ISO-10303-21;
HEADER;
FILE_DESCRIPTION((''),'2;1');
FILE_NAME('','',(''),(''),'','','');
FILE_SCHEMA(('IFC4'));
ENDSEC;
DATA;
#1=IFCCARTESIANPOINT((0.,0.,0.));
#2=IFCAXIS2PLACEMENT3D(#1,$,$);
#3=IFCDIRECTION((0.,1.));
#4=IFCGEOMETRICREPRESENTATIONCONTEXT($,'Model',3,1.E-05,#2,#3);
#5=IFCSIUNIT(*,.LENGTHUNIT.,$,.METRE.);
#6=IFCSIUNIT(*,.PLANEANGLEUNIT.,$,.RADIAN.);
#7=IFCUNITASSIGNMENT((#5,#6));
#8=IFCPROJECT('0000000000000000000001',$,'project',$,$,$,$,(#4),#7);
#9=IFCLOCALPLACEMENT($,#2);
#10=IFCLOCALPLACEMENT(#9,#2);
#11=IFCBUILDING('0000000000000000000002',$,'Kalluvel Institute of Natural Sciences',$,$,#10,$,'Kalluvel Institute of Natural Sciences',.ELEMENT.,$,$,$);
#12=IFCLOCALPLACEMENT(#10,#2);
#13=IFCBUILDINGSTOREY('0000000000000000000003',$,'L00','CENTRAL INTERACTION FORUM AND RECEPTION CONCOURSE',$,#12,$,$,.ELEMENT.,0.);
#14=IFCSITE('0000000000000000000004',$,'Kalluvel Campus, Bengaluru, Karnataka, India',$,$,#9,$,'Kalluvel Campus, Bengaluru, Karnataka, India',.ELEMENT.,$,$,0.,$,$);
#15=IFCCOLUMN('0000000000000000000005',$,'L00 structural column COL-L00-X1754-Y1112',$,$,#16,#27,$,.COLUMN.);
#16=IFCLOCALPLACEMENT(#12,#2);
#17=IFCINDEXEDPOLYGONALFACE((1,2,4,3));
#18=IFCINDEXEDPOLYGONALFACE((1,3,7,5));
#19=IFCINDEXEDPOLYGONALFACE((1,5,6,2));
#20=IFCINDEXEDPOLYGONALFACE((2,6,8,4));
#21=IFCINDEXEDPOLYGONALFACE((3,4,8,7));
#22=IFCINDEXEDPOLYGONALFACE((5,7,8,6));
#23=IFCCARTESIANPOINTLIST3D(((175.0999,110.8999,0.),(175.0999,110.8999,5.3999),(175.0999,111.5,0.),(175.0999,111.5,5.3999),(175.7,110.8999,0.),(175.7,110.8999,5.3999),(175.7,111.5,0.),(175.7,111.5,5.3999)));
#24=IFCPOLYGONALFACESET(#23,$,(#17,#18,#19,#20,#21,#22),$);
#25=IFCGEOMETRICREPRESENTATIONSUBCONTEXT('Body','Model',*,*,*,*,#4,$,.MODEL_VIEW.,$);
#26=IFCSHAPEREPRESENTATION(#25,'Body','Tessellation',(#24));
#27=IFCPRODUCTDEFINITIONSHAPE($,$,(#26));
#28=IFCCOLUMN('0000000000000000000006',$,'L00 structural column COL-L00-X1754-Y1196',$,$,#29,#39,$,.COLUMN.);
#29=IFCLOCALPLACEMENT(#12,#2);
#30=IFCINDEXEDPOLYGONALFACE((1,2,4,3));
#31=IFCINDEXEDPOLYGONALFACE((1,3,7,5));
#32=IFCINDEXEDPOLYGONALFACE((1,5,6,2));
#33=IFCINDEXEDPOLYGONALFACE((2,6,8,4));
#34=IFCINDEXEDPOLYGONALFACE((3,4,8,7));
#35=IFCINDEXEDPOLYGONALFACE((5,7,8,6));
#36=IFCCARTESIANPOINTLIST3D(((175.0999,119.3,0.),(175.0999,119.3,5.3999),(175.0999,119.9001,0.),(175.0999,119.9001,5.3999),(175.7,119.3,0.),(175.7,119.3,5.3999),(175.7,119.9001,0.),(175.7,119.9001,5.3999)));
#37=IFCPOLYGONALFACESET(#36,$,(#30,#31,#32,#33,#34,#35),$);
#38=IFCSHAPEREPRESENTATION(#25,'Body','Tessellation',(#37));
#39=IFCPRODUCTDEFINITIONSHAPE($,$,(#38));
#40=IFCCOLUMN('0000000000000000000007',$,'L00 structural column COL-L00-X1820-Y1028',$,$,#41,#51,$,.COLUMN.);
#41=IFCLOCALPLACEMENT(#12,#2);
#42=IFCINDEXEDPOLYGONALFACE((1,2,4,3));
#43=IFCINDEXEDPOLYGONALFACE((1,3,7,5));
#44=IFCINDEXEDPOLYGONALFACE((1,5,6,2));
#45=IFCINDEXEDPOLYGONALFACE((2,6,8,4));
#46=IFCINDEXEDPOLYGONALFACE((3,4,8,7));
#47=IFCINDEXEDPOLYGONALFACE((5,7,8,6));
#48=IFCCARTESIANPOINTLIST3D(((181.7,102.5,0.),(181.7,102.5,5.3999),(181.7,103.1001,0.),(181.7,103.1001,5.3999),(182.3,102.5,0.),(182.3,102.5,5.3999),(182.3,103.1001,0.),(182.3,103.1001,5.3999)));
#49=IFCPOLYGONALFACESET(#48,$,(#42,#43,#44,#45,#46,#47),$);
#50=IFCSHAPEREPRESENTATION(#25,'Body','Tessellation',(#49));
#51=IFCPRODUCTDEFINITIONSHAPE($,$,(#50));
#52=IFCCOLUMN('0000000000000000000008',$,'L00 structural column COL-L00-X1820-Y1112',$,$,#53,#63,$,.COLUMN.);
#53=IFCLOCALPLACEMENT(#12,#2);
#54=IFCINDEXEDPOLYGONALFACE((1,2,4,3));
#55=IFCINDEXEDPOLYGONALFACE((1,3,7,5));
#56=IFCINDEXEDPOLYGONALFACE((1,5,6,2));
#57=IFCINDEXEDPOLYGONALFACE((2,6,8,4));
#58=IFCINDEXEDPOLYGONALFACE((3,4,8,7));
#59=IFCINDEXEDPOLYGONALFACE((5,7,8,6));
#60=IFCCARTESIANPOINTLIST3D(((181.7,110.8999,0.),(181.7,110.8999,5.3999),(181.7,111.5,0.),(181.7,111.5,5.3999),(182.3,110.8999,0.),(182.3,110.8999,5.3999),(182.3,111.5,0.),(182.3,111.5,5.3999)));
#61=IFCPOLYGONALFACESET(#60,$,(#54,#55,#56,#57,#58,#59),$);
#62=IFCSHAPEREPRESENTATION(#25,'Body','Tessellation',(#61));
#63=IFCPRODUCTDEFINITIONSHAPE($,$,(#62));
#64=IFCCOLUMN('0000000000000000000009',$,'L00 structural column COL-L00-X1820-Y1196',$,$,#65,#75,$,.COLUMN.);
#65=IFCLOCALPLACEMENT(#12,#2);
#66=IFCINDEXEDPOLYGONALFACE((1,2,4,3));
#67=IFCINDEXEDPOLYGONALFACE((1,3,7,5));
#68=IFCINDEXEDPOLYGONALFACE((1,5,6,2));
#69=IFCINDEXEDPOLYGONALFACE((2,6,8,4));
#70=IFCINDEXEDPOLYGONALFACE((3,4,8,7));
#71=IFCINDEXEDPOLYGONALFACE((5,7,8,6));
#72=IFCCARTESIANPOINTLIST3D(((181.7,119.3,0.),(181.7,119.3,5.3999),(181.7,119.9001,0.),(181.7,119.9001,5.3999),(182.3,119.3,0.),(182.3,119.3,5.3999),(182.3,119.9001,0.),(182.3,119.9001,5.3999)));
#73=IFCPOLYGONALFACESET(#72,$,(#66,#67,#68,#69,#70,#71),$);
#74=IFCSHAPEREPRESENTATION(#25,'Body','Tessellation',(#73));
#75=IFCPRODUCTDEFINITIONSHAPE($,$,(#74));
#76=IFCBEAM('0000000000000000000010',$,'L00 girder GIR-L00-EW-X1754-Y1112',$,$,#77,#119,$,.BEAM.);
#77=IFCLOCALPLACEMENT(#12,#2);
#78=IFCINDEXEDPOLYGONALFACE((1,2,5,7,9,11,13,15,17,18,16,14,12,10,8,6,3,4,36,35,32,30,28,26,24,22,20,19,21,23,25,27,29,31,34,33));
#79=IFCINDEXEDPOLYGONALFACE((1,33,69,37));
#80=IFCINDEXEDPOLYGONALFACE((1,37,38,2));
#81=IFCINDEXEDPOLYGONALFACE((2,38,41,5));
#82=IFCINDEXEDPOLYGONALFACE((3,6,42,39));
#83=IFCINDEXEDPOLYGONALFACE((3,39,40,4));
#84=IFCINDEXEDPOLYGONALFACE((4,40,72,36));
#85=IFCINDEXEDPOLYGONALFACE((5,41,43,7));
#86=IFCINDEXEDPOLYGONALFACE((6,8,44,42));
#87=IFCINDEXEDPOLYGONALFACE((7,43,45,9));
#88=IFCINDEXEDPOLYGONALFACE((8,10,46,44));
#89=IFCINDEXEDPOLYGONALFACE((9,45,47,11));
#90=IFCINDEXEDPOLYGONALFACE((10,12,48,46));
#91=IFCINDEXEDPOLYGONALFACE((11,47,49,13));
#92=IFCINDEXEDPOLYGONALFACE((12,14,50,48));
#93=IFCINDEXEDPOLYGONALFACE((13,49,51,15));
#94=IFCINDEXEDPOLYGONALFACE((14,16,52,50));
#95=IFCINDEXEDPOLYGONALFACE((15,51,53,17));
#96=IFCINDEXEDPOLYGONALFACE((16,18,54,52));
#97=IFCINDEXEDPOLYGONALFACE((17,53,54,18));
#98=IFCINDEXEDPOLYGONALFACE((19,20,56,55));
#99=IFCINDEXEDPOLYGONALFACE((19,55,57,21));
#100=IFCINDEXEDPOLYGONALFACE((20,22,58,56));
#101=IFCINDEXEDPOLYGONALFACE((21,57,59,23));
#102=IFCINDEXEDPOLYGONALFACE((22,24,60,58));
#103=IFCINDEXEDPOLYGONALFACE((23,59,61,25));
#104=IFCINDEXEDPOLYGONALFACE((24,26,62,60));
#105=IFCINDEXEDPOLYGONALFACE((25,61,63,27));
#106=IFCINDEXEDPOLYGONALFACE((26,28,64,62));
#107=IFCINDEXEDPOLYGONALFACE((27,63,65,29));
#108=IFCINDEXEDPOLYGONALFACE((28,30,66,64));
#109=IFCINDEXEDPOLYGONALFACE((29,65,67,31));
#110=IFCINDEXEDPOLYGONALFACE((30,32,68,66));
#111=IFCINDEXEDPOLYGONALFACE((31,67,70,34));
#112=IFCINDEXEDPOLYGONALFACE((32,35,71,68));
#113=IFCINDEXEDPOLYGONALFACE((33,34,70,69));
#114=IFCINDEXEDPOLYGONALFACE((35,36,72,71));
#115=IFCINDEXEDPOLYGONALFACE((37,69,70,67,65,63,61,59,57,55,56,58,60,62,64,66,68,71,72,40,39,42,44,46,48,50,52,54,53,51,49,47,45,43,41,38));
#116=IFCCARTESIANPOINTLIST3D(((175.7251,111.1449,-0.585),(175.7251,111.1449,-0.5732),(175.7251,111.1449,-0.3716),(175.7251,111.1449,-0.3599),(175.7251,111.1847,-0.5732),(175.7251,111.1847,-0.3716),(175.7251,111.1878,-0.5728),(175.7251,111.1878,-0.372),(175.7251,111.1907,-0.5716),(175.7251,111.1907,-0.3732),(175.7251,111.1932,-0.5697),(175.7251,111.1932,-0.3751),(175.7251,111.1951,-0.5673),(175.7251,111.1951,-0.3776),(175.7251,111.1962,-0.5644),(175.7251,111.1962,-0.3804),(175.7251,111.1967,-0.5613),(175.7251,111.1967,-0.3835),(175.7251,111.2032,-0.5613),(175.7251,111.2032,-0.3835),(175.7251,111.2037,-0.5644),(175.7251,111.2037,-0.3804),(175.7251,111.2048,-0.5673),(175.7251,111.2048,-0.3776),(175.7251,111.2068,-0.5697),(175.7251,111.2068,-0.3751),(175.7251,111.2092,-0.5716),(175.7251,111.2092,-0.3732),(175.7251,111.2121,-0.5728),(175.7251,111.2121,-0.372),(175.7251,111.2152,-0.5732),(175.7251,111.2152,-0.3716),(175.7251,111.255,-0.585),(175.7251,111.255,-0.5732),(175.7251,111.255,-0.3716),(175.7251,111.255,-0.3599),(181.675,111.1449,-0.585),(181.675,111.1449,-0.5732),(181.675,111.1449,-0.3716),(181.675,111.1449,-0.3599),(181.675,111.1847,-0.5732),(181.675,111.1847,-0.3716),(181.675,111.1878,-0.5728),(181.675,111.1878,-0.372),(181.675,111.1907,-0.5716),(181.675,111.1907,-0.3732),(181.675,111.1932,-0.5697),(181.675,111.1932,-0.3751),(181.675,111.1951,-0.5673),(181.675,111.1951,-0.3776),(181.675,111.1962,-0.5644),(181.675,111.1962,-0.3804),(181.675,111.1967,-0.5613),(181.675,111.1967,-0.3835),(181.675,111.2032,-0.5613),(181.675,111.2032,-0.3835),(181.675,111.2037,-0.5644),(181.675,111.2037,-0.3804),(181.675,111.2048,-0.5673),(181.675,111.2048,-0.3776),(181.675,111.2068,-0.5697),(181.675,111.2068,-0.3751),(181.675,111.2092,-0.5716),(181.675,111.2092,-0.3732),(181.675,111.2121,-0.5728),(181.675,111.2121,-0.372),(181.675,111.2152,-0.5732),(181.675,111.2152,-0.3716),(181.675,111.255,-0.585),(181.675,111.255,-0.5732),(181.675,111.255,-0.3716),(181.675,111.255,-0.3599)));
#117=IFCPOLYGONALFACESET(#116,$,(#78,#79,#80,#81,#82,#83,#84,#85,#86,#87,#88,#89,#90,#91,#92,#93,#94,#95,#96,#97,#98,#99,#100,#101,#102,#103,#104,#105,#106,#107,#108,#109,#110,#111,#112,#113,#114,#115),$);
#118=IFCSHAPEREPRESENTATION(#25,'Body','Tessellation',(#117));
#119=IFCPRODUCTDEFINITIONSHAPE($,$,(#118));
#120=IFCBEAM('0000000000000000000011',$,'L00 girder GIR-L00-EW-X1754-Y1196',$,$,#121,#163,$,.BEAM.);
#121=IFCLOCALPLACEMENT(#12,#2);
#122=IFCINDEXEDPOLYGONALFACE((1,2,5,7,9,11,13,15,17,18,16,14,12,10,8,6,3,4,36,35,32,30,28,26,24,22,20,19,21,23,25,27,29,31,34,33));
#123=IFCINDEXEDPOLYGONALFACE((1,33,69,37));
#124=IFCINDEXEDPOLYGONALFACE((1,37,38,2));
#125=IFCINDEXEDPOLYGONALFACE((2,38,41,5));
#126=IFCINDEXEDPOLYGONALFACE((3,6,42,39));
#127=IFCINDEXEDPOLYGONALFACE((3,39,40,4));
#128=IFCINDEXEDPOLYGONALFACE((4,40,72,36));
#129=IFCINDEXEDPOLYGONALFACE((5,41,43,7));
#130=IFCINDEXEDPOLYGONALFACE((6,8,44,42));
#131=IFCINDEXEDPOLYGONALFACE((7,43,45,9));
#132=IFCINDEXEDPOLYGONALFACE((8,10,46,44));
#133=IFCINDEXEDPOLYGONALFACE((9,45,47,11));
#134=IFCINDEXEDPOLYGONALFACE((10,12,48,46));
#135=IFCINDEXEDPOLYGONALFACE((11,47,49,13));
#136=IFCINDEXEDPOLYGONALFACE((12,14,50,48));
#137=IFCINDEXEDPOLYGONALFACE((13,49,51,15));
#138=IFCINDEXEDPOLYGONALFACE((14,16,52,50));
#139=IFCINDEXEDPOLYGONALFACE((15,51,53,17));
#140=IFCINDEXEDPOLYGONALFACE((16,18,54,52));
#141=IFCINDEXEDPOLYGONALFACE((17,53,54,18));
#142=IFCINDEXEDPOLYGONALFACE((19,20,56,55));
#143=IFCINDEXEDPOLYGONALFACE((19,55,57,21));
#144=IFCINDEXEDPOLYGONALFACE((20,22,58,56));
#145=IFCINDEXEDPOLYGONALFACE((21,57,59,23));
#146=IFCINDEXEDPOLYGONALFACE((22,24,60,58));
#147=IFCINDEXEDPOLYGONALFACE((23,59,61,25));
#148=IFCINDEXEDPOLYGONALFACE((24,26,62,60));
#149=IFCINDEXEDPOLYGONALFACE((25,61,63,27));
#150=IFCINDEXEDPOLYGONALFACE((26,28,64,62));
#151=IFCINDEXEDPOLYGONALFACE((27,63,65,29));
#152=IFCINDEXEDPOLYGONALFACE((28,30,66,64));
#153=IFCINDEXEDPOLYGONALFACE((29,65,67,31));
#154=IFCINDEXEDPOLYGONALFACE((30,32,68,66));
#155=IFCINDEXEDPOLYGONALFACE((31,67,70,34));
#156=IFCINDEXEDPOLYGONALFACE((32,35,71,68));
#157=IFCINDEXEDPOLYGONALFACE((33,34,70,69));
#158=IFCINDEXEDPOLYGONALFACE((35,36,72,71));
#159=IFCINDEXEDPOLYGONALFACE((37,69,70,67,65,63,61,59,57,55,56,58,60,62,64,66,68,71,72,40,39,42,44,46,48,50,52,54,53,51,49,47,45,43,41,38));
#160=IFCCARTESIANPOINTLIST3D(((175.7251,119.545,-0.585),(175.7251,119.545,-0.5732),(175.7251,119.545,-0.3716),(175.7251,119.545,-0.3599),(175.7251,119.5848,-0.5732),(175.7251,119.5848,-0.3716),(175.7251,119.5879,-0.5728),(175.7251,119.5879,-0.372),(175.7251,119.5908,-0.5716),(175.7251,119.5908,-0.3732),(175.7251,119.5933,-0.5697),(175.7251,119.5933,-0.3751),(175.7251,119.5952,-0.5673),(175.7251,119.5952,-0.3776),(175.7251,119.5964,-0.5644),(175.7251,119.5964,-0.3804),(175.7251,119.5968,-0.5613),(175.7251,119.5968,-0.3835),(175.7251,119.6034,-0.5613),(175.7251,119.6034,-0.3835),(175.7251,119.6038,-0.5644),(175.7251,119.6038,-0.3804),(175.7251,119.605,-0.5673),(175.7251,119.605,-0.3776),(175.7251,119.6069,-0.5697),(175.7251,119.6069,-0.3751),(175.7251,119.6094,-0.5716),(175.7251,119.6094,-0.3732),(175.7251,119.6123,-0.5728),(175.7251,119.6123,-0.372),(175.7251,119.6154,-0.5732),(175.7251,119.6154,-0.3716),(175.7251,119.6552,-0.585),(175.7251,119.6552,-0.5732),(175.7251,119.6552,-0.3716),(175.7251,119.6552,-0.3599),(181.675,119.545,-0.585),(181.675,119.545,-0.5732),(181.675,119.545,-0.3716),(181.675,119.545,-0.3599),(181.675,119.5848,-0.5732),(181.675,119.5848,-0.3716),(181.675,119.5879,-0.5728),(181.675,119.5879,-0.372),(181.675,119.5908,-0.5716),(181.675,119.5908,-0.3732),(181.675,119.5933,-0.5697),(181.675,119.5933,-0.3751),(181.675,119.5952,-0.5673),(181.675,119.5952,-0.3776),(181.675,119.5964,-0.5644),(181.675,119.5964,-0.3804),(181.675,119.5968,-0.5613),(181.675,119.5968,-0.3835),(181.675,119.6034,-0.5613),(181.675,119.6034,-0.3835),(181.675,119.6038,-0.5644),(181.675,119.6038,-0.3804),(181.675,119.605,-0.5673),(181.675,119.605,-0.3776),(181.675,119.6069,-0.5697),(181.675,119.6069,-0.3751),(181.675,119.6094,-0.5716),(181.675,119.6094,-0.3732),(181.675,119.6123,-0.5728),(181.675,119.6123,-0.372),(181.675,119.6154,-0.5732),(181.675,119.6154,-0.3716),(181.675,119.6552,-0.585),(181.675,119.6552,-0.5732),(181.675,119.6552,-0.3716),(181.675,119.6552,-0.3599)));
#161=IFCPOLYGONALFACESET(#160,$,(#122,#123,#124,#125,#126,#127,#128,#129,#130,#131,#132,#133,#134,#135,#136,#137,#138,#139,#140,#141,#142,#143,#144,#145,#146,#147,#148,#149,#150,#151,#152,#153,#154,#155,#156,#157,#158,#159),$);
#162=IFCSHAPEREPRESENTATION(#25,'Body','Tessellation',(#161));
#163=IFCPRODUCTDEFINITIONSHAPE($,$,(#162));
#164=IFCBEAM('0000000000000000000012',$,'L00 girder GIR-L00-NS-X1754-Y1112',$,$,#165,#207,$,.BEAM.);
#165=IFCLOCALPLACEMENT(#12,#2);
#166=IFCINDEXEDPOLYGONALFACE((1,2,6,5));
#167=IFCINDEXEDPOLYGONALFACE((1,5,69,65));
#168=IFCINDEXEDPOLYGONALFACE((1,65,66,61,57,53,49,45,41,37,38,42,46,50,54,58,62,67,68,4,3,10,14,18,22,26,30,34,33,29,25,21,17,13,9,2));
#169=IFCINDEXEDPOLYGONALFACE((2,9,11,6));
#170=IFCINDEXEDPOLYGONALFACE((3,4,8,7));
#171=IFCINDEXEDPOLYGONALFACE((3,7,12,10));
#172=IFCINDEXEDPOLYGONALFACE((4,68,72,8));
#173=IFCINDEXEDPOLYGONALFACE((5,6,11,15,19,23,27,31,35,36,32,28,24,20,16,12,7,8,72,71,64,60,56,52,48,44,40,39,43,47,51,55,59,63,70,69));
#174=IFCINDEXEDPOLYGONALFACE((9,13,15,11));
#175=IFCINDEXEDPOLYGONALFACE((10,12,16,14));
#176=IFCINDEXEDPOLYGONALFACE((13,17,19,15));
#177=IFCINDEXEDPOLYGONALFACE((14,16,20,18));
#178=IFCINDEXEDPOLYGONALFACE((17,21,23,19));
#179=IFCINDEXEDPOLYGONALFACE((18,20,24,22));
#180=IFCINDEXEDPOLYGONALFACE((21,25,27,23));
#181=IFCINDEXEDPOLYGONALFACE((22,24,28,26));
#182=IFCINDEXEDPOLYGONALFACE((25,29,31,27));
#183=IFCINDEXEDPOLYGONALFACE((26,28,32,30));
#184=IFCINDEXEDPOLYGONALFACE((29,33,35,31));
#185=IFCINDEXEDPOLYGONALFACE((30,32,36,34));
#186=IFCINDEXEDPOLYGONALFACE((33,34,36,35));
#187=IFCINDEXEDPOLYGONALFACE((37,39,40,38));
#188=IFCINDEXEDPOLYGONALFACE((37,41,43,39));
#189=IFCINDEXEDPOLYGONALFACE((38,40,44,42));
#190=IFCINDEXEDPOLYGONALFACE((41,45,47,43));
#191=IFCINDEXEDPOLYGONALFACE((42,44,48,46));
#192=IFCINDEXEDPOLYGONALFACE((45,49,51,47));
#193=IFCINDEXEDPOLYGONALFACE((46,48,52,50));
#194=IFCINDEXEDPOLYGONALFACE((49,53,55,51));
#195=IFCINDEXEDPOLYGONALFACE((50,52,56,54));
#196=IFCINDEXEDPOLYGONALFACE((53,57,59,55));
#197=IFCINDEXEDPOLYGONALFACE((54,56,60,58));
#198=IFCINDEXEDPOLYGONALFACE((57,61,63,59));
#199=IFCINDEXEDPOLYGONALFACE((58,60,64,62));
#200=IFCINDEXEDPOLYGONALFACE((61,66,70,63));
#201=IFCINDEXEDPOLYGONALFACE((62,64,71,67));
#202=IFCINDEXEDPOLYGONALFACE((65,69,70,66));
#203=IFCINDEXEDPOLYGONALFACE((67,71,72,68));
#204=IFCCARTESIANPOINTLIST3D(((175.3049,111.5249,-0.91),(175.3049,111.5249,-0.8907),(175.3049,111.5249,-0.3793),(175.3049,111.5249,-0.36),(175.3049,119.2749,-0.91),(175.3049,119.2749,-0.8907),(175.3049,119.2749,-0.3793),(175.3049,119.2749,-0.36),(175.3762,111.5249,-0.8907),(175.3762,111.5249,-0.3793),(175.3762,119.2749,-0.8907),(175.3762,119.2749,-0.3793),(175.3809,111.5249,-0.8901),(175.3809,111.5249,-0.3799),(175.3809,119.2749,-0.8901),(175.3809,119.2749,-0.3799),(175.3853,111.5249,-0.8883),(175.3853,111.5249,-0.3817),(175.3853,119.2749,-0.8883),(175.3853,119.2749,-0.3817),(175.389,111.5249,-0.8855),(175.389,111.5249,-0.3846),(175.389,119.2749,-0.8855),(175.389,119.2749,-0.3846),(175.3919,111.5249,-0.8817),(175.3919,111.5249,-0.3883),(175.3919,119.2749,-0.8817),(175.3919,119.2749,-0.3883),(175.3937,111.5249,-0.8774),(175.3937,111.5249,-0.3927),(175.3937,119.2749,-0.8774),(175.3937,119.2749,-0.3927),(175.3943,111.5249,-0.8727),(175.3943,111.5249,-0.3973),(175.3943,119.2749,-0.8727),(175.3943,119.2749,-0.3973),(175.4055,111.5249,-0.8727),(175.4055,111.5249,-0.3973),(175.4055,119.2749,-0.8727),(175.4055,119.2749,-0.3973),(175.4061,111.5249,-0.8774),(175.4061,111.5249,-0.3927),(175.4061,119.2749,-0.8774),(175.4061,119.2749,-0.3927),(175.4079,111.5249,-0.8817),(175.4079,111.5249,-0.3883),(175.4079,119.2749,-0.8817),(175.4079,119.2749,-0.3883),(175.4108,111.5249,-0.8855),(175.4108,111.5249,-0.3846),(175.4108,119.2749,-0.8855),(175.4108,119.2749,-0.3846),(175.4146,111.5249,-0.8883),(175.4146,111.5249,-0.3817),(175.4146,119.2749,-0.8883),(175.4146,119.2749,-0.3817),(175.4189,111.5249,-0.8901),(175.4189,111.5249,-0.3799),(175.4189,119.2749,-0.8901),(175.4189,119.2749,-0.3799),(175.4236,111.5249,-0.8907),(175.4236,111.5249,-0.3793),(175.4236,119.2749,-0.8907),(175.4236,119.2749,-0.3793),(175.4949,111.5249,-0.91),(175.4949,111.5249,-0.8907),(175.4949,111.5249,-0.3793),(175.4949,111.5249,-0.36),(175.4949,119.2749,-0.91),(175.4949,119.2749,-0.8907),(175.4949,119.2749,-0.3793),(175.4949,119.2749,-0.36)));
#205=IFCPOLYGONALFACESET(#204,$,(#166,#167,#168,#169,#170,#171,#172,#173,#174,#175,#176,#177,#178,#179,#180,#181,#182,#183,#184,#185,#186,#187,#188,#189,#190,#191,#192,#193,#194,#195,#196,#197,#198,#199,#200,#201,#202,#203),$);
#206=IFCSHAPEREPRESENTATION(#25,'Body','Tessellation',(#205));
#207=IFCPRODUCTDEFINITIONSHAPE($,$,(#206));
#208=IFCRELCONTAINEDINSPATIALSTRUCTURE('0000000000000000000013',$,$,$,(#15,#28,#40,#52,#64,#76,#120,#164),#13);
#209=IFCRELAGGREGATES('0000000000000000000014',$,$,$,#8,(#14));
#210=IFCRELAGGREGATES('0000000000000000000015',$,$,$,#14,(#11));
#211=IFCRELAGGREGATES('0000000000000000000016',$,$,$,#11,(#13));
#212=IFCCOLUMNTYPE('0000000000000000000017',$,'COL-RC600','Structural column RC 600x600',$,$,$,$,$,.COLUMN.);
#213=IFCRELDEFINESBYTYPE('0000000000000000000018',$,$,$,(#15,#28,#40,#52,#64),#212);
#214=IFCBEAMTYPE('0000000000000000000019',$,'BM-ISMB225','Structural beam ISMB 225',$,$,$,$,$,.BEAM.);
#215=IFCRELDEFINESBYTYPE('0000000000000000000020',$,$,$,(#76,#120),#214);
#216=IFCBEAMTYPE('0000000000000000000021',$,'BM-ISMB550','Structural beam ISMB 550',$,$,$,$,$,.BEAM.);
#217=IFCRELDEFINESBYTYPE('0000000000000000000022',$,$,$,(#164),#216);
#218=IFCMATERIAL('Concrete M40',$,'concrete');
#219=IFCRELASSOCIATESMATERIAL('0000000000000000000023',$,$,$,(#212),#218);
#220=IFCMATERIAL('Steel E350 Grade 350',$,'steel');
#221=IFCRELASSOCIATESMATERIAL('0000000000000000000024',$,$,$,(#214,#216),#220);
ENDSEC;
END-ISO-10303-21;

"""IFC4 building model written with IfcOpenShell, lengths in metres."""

from ifc_helpers import new_model, si_unit, direction, frame, origin, origin_2d, place, context, subcontext, project, spatial, rectangle, i_section, extrude, material, material_profile, profile_set, type_object, element, save


model = new_model("IFC4")

# Units and contexts
model_context = context("Model", 3, precision=1e-05, world=origin(), true_north=direction((0.0, 1.0)))
body_context = subcontext(model_context, "Body", "Model", "MODEL_VIEW")
ifc_project = project(units=[si_unit("LENGTHUNIT", "METRE"), si_unit("PLANEANGLEUNIT", "RADIAN")], contexts=[model_context])

# Site, building, storey
site_placement = place(None, origin())
site = spatial("IfcSite", under=ifc_project, at=site_placement, Name="Kalluvel Campus, Bengaluru, Karnataka, India", LongName="Kalluvel Campus, Bengaluru, Karnataka, India", CompositionType="ELEMENT", RefElevation=0.0)
building_placement = place(site_placement, origin())
building = spatial("IfcBuilding", under=site, at=building_placement, Name="Kalluvel Institute of Natural Sciences", LongName="Kalluvel Institute of Natural Sciences", CompositionType="ELEMENT")
storey_placement = place(building_placement, origin())
storey = spatial("IfcBuildingStorey", under=building, at=storey_placement, Name="L00", Description="CENTRAL INTERACTION FORUM AND RECEPTION CONCOURSE", CompositionType="ELEMENT", Elevation=0.0)

# Columns
ifc_material_1 = material(Name="Concrete M40", Category="concrete")
ifc_material_profile_1 = material_profile(ifc_material_1, rectangle(XDim=0.6001, YDim=0.6001, at=origin_2d()), Name="RC 600x600")
ifc_profile_set_1 = profile_set([ifc_material_profile_1], Name="Concrete M40")
column_type = type_object("IfcColumnType", Name="COL-RC600", Description="Structural column RC 600x600", PredefinedType="COLUMN", material=ifc_profile_set_1)
for number, where, z_axis, x_axis, name in (
    (1, (175.3999, 111.2, 0.0), (0.0, 0.0, 1.0), (1.0, 0.0, 0.0), "L00 structural column COL-L00-X1754-Y1112"),
    (2, (175.3999, 119.6001, 0.0), (0.0, 0.0, 1.0), (1.0, 0.0, 0.0), "L00 structural column COL-L00-X1754-Y1196"),
    (3, (182.0, 102.8, 0.0), (0.0, 0.0, 1.0), (1.0, 0.0, 0.0), "L00 structural column COL-L00-X1820-Y1028"),
    (4, (182.0, 111.2, 0.0), (0.0, 0.0, 1.0), (1.0, 0.0, 0.0), "L00 structural column COL-L00-X1820-Y1112"),
    (5, (182.0, 119.6001, 0.0), (0.0, 0.0, 1.0), (1.0, 0.0, 0.0), "L00 structural column COL-L00-X1820-Y1196"),
):
    element("IfcColumn", number, at=place(storey_placement, frame(where, z_axis=z_axis, x_axis=x_axis)), inside=storey, type_object=column_type, Name=name, PredefinedType="COLUMN", context=body_context, shape_type="SweptSolid", body=[
        extrude(rectangle(XDim=0.6001, YDim=0.6001, at=origin_2d()), origin(), (0.0, 0.0, 1.0), 5.3999),
    ])

# Beams
ifc_material_2 = material(Name="Steel E350 Grade 350", Category="steel")
ifc_material_profile_2 = material_profile(ifc_material_2, i_section(OverallWidth=0.1101, OverallDepth=0.2251, WebThickness=0.0066, FlangeThickness=0.0117, FilletRadius=0.012, at=origin_2d()), Name="ISMB 225")
ifc_profile_set_2 = profile_set([ifc_material_profile_2], Name="Steel E350 Grade 350")
beam_type_1 = type_object("IfcBeamType", Name="BM-ISMB225", Description="Structural beam ISMB 225", PredefinedType="BEAM", material=ifc_profile_set_2)
for number, where, z_axis, x_axis, name in (
    (6, (175.7251, 111.2, -0.4724), (1.0, 0.0, 0.0), (0.0, 1.0, 0.0), "L00 girder GIR-L00-EW-X1754-Y1112"),
    (7, (175.7251, 119.6001, -0.4724), (1.0, 0.0, 0.0), (0.0, 1.0, 0.0), "L00 girder GIR-L00-EW-X1754-Y1196"),
):
    element("IfcBeam", number, at=place(storey_placement, frame(where, z_axis=z_axis, x_axis=x_axis)), inside=storey, type_object=beam_type_1, Name=name, PredefinedType="BEAM", context=body_context, shape_type="SweptSolid", body=[
        extrude(i_section(OverallWidth=0.1101, OverallDepth=0.2251, WebThickness=0.0066, FlangeThickness=0.0117, FilletRadius=0.012, at=origin_2d()), origin(), (0.0, 0.0, 1.0), 5.95),
    ])
ifc_material_profile_3 = material_profile(ifc_material_2, i_section(OverallWidth=0.1899, OverallDepth=0.55, WebThickness=0.0112, FlangeThickness=0.0193, FilletRadius=0.0181, at=origin_2d()), Name="ISMB 550")
ifc_profile_set_3 = profile_set([ifc_material_profile_3], Name="Steel E350 Grade 350")
beam_type_2 = type_object("IfcBeamType", Name="BM-ISMB550", Description="Structural beam ISMB 550", PredefinedType="BEAM", material=ifc_profile_set_3)
beam_1_placement = place(storey_placement, frame((175.3999, 111.5249, -0.635), z_axis=(0.0, 1.0, 0.0), x_axis=(-1.0, 0.0, 0.0)))
element("IfcBeam", 8, at=beam_1_placement, inside=storey, type_object=beam_type_2, Name="L00 girder GIR-L00-NS-X1754-Y1112", PredefinedType="BEAM", context=body_context, shape_type="SweptSolid", body=[
    extrude(i_section(OverallWidth=0.1899, OverallDepth=0.55, WebThickness=0.0112, FlangeThickness=0.0193, FilletRadius=0.0181, at=origin_2d()), origin(), (0.0, 0.0, 1.0), 7.75),
])

save(model, "model.ifc")
